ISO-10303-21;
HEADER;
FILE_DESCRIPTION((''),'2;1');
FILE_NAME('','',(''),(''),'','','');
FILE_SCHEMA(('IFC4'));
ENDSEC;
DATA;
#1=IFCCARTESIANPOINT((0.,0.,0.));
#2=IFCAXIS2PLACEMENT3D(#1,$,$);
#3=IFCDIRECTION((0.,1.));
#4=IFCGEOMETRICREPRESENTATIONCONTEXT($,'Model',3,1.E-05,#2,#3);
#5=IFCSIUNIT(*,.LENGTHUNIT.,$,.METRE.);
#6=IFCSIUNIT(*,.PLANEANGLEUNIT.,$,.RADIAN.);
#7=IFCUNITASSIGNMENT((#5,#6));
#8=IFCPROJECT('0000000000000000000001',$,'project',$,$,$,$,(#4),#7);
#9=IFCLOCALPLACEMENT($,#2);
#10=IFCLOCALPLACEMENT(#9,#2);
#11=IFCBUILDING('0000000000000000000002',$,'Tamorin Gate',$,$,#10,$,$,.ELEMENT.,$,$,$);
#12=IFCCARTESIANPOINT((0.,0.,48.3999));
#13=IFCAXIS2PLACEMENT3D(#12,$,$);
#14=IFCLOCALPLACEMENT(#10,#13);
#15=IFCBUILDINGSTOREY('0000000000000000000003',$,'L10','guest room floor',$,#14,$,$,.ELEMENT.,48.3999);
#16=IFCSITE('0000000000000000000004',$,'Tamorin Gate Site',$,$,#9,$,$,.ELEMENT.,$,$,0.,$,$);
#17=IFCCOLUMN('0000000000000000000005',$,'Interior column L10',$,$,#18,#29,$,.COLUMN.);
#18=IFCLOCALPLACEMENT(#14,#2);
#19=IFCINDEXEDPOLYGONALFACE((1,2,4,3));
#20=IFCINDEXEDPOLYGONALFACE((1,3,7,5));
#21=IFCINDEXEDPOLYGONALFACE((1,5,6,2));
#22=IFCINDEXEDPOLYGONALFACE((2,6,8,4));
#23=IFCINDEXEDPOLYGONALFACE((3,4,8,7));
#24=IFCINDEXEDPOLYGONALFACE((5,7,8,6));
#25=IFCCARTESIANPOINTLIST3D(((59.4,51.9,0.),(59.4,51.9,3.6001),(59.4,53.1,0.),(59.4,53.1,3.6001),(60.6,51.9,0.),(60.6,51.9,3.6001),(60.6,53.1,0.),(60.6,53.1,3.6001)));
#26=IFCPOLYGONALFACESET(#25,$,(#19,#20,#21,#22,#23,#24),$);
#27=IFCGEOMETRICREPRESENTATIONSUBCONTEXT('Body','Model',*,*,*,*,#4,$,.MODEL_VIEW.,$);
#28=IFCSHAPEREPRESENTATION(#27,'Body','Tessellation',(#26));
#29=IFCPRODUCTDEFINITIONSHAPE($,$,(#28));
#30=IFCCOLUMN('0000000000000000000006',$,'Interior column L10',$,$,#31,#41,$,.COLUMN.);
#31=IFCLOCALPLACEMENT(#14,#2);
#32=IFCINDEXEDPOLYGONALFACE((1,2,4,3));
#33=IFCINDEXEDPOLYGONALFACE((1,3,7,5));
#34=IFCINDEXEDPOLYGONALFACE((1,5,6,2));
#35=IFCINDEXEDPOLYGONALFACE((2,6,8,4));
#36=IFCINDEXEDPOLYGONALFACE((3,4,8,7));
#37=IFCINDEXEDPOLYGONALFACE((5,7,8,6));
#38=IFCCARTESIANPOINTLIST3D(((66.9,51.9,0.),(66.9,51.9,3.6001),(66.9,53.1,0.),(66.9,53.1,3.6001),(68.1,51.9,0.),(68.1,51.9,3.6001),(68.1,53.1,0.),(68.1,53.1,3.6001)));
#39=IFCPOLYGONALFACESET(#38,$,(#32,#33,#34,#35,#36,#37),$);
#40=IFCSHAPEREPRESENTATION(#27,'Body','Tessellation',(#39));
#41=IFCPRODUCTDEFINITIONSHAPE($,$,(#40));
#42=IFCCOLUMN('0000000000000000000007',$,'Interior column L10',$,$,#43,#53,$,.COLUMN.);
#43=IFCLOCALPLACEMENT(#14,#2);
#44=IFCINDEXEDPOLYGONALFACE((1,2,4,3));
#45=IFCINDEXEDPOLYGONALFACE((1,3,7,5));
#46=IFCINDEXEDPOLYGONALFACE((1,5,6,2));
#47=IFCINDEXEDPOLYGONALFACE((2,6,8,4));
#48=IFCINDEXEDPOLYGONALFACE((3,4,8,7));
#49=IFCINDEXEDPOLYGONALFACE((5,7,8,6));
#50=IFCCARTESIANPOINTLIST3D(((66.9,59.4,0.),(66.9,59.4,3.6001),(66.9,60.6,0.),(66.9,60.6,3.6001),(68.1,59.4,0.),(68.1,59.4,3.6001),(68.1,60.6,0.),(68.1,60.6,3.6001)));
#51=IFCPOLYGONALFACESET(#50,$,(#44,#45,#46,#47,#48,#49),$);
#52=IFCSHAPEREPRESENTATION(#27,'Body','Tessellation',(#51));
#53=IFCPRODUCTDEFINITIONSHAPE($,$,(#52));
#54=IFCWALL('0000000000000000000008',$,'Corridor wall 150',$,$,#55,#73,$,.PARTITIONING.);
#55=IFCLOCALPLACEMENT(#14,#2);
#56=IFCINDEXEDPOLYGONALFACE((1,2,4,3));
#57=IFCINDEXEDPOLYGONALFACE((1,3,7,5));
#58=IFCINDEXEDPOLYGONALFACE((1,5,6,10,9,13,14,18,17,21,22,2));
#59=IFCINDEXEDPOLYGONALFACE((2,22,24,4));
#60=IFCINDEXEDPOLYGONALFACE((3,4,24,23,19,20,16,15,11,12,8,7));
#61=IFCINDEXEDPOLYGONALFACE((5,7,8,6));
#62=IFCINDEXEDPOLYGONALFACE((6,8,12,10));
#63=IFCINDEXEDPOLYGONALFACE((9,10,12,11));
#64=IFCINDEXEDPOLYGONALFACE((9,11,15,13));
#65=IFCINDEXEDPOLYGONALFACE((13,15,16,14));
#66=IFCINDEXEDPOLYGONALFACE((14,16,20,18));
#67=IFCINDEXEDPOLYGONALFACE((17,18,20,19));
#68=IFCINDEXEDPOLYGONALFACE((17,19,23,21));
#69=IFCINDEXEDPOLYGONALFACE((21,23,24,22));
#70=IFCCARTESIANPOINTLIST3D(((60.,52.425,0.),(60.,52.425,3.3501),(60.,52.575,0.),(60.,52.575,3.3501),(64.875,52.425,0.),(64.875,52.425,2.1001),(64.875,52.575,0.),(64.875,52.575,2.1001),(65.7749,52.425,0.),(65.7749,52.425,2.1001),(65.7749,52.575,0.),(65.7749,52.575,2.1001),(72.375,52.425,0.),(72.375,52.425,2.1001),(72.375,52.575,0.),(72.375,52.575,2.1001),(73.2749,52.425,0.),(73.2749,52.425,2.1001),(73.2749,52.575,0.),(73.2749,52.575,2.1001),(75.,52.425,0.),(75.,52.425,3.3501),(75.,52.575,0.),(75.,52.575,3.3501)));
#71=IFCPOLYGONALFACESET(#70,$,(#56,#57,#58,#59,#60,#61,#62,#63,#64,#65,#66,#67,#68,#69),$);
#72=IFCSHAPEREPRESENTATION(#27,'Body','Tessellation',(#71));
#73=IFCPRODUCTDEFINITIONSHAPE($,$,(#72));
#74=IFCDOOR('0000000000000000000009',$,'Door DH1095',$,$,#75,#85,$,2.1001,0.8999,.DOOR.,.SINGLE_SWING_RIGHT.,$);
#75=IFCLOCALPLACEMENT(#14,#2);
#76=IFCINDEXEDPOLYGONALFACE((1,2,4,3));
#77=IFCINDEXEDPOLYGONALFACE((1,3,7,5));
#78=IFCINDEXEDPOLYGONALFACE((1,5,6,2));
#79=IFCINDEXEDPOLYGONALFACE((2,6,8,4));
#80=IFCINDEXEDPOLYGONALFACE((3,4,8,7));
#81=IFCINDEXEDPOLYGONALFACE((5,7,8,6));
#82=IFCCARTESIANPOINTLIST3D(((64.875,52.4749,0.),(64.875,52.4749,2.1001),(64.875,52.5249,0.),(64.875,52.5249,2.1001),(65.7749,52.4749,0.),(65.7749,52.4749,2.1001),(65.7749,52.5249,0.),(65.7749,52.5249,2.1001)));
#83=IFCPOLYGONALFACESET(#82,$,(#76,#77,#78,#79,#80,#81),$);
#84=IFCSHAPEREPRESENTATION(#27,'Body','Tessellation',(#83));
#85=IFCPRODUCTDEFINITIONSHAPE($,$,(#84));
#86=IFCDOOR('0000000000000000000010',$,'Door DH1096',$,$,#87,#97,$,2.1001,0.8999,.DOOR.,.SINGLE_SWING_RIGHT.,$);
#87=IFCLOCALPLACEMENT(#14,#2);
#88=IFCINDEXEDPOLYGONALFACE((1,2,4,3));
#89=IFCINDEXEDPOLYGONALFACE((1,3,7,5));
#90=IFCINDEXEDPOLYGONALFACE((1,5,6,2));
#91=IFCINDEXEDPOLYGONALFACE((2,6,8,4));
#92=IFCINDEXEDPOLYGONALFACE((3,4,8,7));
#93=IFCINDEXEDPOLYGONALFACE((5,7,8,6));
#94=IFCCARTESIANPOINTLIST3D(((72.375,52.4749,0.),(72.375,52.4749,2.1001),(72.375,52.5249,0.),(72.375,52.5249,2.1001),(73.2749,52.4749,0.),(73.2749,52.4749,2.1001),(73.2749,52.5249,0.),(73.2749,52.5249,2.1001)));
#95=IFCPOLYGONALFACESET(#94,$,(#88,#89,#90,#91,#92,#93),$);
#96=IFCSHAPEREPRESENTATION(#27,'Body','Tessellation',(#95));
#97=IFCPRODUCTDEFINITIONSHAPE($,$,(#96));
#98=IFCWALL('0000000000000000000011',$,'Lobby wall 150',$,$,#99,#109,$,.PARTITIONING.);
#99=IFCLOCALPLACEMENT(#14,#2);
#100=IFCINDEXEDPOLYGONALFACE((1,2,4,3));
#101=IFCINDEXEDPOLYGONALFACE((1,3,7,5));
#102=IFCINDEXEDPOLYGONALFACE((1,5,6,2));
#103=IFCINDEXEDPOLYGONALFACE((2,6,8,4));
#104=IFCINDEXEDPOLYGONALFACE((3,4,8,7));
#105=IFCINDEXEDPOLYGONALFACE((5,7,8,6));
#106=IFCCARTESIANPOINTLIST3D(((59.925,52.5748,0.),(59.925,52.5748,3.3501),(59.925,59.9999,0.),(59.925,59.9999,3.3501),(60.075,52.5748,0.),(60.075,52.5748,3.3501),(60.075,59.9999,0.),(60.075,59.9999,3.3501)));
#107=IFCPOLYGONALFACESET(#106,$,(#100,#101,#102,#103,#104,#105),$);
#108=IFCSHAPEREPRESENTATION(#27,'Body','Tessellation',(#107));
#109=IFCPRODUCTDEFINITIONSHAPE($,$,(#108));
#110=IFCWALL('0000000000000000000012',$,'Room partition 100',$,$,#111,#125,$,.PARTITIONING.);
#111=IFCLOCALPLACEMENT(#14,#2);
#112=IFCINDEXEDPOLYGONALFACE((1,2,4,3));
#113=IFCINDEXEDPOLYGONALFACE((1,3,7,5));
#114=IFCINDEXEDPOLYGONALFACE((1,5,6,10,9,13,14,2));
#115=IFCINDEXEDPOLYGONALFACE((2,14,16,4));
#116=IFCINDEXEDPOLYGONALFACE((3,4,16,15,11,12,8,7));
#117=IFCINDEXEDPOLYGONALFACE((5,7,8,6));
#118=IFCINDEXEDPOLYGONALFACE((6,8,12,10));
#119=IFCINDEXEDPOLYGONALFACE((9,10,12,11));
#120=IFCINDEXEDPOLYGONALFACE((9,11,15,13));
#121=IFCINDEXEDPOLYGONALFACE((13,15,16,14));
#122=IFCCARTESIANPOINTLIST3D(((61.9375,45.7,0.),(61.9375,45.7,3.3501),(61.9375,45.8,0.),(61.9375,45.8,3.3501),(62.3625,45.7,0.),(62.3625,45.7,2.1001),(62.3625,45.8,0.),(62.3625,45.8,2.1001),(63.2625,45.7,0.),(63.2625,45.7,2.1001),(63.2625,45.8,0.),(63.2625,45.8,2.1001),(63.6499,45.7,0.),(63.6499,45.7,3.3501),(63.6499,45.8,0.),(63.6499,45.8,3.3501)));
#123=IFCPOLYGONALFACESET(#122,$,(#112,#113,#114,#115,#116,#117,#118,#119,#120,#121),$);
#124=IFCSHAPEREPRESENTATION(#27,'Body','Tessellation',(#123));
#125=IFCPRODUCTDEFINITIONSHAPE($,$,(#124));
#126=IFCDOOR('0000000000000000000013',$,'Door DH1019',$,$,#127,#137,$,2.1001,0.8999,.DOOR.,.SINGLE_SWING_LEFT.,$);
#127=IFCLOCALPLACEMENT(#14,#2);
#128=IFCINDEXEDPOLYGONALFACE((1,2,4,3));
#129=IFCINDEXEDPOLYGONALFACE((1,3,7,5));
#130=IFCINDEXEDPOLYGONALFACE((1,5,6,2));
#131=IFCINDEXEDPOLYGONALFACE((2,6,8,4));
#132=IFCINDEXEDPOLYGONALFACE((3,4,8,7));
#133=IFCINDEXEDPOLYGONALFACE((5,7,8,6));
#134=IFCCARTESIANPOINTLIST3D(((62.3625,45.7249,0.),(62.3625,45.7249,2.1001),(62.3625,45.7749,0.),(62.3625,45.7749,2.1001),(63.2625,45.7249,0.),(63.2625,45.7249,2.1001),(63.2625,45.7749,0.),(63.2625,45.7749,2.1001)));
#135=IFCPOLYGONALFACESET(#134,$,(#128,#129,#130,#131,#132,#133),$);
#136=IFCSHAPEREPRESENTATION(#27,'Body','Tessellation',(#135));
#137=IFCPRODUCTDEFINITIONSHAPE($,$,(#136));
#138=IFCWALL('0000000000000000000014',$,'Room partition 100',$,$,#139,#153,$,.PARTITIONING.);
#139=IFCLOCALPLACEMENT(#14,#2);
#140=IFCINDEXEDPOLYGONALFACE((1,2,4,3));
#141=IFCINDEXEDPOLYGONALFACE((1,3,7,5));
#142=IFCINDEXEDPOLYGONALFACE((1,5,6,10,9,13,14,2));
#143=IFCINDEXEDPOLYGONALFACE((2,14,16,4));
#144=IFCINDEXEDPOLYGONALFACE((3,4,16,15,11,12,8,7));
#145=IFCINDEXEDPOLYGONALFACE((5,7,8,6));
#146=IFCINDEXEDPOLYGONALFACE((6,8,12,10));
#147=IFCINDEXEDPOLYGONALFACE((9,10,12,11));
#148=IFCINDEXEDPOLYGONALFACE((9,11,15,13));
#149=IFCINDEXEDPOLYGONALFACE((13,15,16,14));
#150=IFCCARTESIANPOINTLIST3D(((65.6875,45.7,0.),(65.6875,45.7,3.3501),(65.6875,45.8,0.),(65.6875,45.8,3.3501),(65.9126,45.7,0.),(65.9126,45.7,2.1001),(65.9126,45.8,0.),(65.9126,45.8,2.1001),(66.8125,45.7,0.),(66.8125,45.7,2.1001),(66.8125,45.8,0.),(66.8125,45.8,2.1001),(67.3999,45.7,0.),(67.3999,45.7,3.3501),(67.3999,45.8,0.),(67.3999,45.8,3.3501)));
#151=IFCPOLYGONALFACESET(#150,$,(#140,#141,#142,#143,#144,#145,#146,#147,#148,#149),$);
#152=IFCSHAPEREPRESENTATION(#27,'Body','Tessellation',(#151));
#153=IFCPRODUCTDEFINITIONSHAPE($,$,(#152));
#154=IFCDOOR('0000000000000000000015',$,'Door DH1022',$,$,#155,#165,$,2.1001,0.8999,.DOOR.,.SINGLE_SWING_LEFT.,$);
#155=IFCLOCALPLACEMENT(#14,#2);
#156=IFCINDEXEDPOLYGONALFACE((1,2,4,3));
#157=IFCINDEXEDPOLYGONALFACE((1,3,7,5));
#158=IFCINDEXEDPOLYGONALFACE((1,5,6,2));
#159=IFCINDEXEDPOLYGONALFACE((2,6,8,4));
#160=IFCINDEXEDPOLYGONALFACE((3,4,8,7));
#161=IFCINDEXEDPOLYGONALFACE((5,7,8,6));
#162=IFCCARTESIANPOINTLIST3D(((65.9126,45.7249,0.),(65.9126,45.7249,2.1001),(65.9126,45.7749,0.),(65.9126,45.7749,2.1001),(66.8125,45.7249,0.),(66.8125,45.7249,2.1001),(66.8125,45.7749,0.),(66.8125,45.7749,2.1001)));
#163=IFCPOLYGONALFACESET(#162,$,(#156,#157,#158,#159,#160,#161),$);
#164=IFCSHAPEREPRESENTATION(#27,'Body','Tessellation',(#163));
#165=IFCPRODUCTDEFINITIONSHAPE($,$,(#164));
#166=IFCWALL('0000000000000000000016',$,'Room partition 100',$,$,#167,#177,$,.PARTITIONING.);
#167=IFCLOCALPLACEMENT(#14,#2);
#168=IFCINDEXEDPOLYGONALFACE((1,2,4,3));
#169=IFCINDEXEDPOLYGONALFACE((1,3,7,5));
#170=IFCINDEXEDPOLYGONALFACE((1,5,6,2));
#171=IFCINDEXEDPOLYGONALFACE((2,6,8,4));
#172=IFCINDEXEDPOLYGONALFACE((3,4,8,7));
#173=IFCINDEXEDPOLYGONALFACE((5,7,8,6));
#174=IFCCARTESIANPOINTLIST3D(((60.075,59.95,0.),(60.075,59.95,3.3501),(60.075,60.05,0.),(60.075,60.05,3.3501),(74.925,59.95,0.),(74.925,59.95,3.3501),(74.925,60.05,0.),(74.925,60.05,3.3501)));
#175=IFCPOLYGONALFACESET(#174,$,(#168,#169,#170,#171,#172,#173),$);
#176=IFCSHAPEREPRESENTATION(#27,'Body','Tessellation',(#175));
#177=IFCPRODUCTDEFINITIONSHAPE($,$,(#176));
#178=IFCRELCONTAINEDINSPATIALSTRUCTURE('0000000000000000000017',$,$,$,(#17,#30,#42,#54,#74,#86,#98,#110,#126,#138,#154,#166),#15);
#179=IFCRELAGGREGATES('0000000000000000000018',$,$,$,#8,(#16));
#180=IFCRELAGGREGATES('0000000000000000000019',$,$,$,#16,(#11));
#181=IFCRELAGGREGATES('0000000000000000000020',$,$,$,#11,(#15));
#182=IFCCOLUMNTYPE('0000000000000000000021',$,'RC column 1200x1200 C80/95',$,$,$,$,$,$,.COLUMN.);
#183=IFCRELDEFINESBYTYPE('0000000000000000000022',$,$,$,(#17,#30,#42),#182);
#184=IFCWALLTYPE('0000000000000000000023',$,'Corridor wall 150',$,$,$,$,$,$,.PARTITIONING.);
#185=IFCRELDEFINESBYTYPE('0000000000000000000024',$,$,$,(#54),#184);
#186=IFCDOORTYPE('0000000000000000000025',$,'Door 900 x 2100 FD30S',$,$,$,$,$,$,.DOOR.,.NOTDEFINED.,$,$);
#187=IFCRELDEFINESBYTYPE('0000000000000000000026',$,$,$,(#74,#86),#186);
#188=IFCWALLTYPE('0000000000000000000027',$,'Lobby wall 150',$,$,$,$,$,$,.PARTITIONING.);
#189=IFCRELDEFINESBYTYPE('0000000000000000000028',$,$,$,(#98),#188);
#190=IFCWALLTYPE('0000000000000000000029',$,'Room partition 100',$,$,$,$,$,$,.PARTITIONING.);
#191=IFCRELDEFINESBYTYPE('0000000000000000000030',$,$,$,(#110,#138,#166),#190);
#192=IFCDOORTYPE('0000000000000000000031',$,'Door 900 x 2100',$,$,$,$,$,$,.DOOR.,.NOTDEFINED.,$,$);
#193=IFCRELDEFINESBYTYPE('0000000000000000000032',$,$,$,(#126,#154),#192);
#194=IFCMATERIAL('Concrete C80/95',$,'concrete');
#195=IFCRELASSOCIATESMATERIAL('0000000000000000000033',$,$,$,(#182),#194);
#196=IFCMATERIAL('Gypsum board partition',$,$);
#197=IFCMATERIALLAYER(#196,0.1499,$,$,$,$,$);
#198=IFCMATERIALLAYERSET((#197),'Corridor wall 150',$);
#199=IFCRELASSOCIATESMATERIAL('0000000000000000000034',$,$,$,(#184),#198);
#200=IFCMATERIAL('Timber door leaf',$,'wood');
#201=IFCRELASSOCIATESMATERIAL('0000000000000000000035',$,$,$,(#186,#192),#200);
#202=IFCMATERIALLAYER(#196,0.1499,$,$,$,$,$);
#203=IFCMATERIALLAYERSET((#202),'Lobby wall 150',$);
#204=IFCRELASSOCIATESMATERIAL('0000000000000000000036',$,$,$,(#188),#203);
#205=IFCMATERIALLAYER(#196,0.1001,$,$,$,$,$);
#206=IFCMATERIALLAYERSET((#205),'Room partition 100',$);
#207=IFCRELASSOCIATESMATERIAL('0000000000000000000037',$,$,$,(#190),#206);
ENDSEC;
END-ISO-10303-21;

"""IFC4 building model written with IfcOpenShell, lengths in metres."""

from ifc_helpers import new_model, si_unit, direction, frame, frame_2d, origin, origin_2d, place, context, subcontext, project, spatial, rectangle, extrude, material, layer, layer_set, material_profile, profile_set, type_object, element, fill, save


model = new_model("IFC4")

# Units and contexts
model_context = context("Model", 3, precision=1e-05, world=origin(), true_north=direction((0.0, 1.0)))
body_context = subcontext(model_context, "Body", "Model", "MODEL_VIEW")
ifc_project = project(units=[si_unit("LENGTHUNIT", "METRE"), si_unit("PLANEANGLEUNIT", "RADIAN")], contexts=[model_context])

# Site, building, storey
site_placement = place(None, origin())
site = spatial("IfcSite", under=ifc_project, at=site_placement, Name="Tamorin Gate Site", CompositionType="ELEMENT", RefElevation=0.0)
building_placement = place(site_placement, origin())
building = spatial("IfcBuilding", under=site, at=building_placement, Name="Tamorin Gate", CompositionType="ELEMENT")
storey_placement = place(building_placement, frame((0.0, 0.0, 48.3999)))
storey = spatial("IfcBuildingStorey", under=building, at=storey_placement, Name="L10", Description="guest room floor", CompositionType="ELEMENT", Elevation=48.3999)

# Columns
ifc_material_1 = material(Name="Concrete C80/95", Category="concrete")
ifc_material_profile = material_profile(ifc_material_1, rectangle(XDim=1.2, YDim=1.2, at=origin_2d()), Name="RC 1200x1200")
ifc_profile_set = profile_set([ifc_material_profile], Name="Concrete C80/95")
column_type = type_object("IfcColumnType", Name="RC column 1200x1200 C80/95", PredefinedType="COLUMN", material=ifc_profile_set)
for number, where, z_axis, x_axis, name in (
    (1, (60.0, 52.5, 0.0), (0.0, 0.0, 1.0), (1.0, 0.0, 0.0), "Interior column L10"),
    (2, (67.5, 52.5, 0.0), (0.0, 0.0, 1.0), (1.0, 0.0, 0.0), "Interior column L10"),
    (3, (67.5, 60.0, 0.0), (0.0, 0.0, 1.0), (1.0, 0.0, 0.0), "Interior column L10"),
):
    element("IfcColumn", number, at=place(storey_placement, frame(where, z_axis=z_axis, x_axis=x_axis)), inside=storey, type_object=column_type, Name=name, PredefinedType="COLUMN", context=body_context, shape_type="SweptSolid", body=[
        extrude(rectangle(XDim=1.2, YDim=1.2, at=origin_2d()), origin(), (0.0, 0.0, 1.0), 3.6001),
    ])

# Wall, openings, doors
ifc_material_2 = material(Name="Gypsum board partition")
ifc_layer_1 = layer(ifc_material_2, 0.1499)
ifc_layer_set_1 = layer_set([ifc_layer_1], Name="Corridor wall 150")
wall_type_1 = type_object("IfcWallType", Name="Corridor wall 150", PredefinedType="PARTITIONING", material=ifc_layer_set_1)
wall_1_placement = place(storey_placement, frame((60.0, 52.5, 0.0), z_axis=(0.0, 0.0, 1.0), x_axis=(1.0, 0.0, 0.0)))
wall_1 = element("IfcWall", 4, at=wall_1_placement, inside=storey, type_object=wall_type_1, Name="Corridor wall 150", PredefinedType="PARTITIONING", context=body_context, shape_type="SweptSolid", body=[
    extrude(rectangle(XDim=15.0, YDim=0.1499, at=frame_2d((7.5, 0.0))), origin(), (0.0, 0.0, 1.0), 3.3501),
])
opening_1_placement = place(wall_1_placement, frame((4.875, 0.0, 0.0)))
opening_1 = element("IfcOpeningElement", 5, at=opening_1_placement, cuts=wall_1, PredefinedType="OPENING", context=body_context, shape_type="SweptSolid", body=[
    extrude(rectangle(XDim=0.8999, YDim=2.1001, at=frame_2d((0.45, 1.05))), frame((0.0, 0.085, 0.0), z_axis=(0.0, -1.0, 0.0), x_axis=(1.0, 0.0, 0.0)), (0.0, 0.0, 1.0), 0.1699),
])
opening_2_placement = place(wall_1_placement, frame((12.375, 0.0, 0.0)))
opening_2 = element("IfcOpeningElement", 6, at=opening_2_placement, cuts=wall_1, PredefinedType="OPENING", context=body_context, shape_type="SweptSolid", body=[
    extrude(rectangle(XDim=0.8999, YDim=2.1001, at=frame_2d((0.45, 1.05))), frame((0.0, 0.085, 0.0), z_axis=(0.0, -1.0, 0.0), x_axis=(1.0, 0.0, 0.0)), (0.0, 0.0, 1.0), 0.1699),
])
ifc_material_3 = material(Name="Timber door leaf", Category="wood")
door_type_1 = type_object("IfcDoorType", Name="Door 900 x 2100 FD30S", OperationType="NOTDEFINED", PredefinedType="DOOR", material=ifc_material_3)
door_1_placement = place(opening_1_placement, origin())
door_1 = element("IfcDoor", 7, at=door_1_placement, inside=storey, type_object=door_type_1, Name="Door DH1095", OperationType="SINGLE_SWING_RIGHT", OverallHeight=2.1001, OverallWidth=0.8999, PredefinedType="DOOR", context=body_context, shape_type="SweptSolid", body=[
    extrude(rectangle(XDim=0.8999, YDim=2.1001, at=frame_2d((0.45, 1.05))), frame((0.0, 0.0249, 0.0), z_axis=(0.0, -1.0, 0.0), x_axis=(1.0, 0.0, 0.0)), (0.0, 0.0, 1.0), 0.05),
])
fill(opening_1, door_1)
door_2_placement = place(opening_2_placement, origin())
door_2 = element("IfcDoor", 8, at=door_2_placement, inside=storey, type_object=door_type_1, Name="Door DH1096", OperationType="SINGLE_SWING_RIGHT", OverallHeight=2.1001, OverallWidth=0.8999, PredefinedType="DOOR", context=body_context, shape_type="SweptSolid", body=[
    extrude(rectangle(XDim=0.8999, YDim=2.1001, at=frame_2d((0.45, 1.05))), frame((0.0, 0.0249, 0.0), z_axis=(0.0, -1.0, 0.0), x_axis=(1.0, 0.0, 0.0)), (0.0, 0.0, 1.0), 0.05),
])
fill(opening_2, door_2)

# Wall
ifc_layer_2 = layer(ifc_material_2, 0.1499)
ifc_layer_set_2 = layer_set([ifc_layer_2], Name="Lobby wall 150")
wall_type_2 = type_object("IfcWallType", Name="Lobby wall 150", PredefinedType="PARTITIONING", material=ifc_layer_set_2)
wall_2_placement = place(storey_placement, frame((60.0, 52.575, 0.0), z_axis=(0.0, 0.0, 1.0), x_axis=(0.0, 1.0, 0.0)))
element("IfcWall", 9, at=wall_2_placement, inside=storey, type_object=wall_type_2, Name="Lobby wall 150", PredefinedType="PARTITIONING", context=body_context, shape_type="SweptSolid", body=[
    extrude(rectangle(XDim=7.425, YDim=0.1499, at=frame_2d((3.7124, 0.0))), origin(), (0.0, 0.0, 1.0), 3.3501),
])

# Walls, openings, doors
ifc_layer_3 = layer(ifc_material_2, 0.1001)
ifc_layer_set_3 = layer_set([ifc_layer_3], Name="Room partition 100")
wall_type_3 = type_object("IfcWallType", Name="Room partition 100", PredefinedType="PARTITIONING", material=ifc_layer_set_3)
wall_3_placement = place(storey_placement, frame((61.9375, 45.75, 0.0), z_axis=(0.0, 0.0, 1.0), x_axis=(1.0, 0.0, 0.0)))
wall_3 = element("IfcWall", 10, at=wall_3_placement, inside=storey, type_object=wall_type_3, Name="Room partition 100", PredefinedType="PARTITIONING", context=body_context, shape_type="SweptSolid", body=[
    extrude(rectangle(XDim=1.7124, YDim=0.1001, at=frame_2d((0.8562, 0.0))), origin(), (0.0, 0.0, 1.0), 3.3501),
])
opening_3_placement = place(wall_3_placement, frame((0.425, 0.0, 0.0)))
opening_3 = element("IfcOpeningElement", 11, at=opening_3_placement, cuts=wall_3, PredefinedType="OPENING", context=body_context, shape_type="SweptSolid", body=[
    extrude(rectangle(XDim=0.8999, YDim=2.1001, at=frame_2d((0.45, 1.05))), frame((0.0, 0.0601, 0.0), z_axis=(0.0, -1.0, 0.0), x_axis=(1.0, 0.0, 0.0)), (0.0, 0.0, 1.0), 0.1201),
])
door_type_2 = type_object("IfcDoorType", Name="Door 900 x 2100", OperationType="NOTDEFINED", PredefinedType="DOOR", material=ifc_material_3)
door_3_placement = place(opening_3_placement, origin())
door_3 = element("IfcDoor", 12, at=door_3_placement, inside=storey, type_object=door_type_2, Name="Door DH1019", OperationType="SINGLE_SWING_LEFT", OverallHeight=2.1001, OverallWidth=0.8999, PredefinedType="DOOR", context=body_context, shape_type="SweptSolid", body=[
    extrude(rectangle(XDim=0.8999, YDim=2.1001, at=frame_2d((0.45, 1.05))), frame((0.0, 0.0249, 0.0), z_axis=(0.0, -1.0, 0.0), x_axis=(1.0, 0.0, 0.0)), (0.0, 0.0, 1.0), 0.05),
])
fill(opening_3, door_3)
wall_4_placement = place(storey_placement, frame((65.6875, 45.75, 0.0), z_axis=(0.0, 0.0, 1.0), x_axis=(1.0, 0.0, 0.0)))
wall_4 = element("IfcWall", 13, at=wall_4_placement, inside=storey, type_object=wall_type_3, Name="Room partition 100", PredefinedType="PARTITIONING", context=body_context, shape_type="SweptSolid", body=[
    extrude(rectangle(XDim=1.7124, YDim=0.1001, at=frame_2d((0.8562, 0.0))), origin(), (0.0, 0.0, 1.0), 3.3501),
])
opening_4_placement = place(wall_4_placement, frame((0.2251, 0.0, 0.0)))
opening_4 = element("IfcOpeningElement", 14, at=opening_4_placement, cuts=wall_4, PredefinedType="OPENING", context=body_context, shape_type="SweptSolid", body=[
    extrude(rectangle(XDim=0.8999, YDim=2.1001, at=frame_2d((0.45, 1.05))), frame((0.0, 0.0601, 0.0), z_axis=(0.0, -1.0, 0.0), x_axis=(1.0, 0.0, 0.0)), (0.0, 0.0, 1.0), 0.1201),
])
door_4_placement = place(opening_4_placement, origin())
door_4 = element("IfcDoor", 15, at=door_4_placement, inside=storey, type_object=door_type_2, Name="Door DH1022", OperationType="SINGLE_SWING_LEFT", OverallHeight=2.1001, OverallWidth=0.8999, PredefinedType="DOOR", context=body_context, shape_type="SweptSolid", body=[
    extrude(rectangle(XDim=0.8999, YDim=2.1001, at=frame_2d((0.45, 1.05))), frame((0.0, 0.0249, 0.0), z_axis=(0.0, -1.0, 0.0), x_axis=(1.0, 0.0, 0.0)), (0.0, 0.0, 1.0), 0.05),
])
fill(opening_4, door_4)

# Wall
wall_5_placement = place(storey_placement, frame((60.075, 60.0, 0.0), z_axis=(0.0, 0.0, 1.0), x_axis=(1.0, 0.0, 0.0)))
element("IfcWall", 16, at=wall_5_placement, inside=storey, type_object=wall_type_3, Name="Room partition 100", PredefinedType="PARTITIONING", context=body_context, shape_type="SweptSolid", body=[
    extrude(rectangle(XDim=14.8501, YDim=0.1001, at=frame_2d((7.425, 0.0))), origin(), (0.0, 0.0, 1.0), 3.3501),
])

save(model, "model.ifc")
